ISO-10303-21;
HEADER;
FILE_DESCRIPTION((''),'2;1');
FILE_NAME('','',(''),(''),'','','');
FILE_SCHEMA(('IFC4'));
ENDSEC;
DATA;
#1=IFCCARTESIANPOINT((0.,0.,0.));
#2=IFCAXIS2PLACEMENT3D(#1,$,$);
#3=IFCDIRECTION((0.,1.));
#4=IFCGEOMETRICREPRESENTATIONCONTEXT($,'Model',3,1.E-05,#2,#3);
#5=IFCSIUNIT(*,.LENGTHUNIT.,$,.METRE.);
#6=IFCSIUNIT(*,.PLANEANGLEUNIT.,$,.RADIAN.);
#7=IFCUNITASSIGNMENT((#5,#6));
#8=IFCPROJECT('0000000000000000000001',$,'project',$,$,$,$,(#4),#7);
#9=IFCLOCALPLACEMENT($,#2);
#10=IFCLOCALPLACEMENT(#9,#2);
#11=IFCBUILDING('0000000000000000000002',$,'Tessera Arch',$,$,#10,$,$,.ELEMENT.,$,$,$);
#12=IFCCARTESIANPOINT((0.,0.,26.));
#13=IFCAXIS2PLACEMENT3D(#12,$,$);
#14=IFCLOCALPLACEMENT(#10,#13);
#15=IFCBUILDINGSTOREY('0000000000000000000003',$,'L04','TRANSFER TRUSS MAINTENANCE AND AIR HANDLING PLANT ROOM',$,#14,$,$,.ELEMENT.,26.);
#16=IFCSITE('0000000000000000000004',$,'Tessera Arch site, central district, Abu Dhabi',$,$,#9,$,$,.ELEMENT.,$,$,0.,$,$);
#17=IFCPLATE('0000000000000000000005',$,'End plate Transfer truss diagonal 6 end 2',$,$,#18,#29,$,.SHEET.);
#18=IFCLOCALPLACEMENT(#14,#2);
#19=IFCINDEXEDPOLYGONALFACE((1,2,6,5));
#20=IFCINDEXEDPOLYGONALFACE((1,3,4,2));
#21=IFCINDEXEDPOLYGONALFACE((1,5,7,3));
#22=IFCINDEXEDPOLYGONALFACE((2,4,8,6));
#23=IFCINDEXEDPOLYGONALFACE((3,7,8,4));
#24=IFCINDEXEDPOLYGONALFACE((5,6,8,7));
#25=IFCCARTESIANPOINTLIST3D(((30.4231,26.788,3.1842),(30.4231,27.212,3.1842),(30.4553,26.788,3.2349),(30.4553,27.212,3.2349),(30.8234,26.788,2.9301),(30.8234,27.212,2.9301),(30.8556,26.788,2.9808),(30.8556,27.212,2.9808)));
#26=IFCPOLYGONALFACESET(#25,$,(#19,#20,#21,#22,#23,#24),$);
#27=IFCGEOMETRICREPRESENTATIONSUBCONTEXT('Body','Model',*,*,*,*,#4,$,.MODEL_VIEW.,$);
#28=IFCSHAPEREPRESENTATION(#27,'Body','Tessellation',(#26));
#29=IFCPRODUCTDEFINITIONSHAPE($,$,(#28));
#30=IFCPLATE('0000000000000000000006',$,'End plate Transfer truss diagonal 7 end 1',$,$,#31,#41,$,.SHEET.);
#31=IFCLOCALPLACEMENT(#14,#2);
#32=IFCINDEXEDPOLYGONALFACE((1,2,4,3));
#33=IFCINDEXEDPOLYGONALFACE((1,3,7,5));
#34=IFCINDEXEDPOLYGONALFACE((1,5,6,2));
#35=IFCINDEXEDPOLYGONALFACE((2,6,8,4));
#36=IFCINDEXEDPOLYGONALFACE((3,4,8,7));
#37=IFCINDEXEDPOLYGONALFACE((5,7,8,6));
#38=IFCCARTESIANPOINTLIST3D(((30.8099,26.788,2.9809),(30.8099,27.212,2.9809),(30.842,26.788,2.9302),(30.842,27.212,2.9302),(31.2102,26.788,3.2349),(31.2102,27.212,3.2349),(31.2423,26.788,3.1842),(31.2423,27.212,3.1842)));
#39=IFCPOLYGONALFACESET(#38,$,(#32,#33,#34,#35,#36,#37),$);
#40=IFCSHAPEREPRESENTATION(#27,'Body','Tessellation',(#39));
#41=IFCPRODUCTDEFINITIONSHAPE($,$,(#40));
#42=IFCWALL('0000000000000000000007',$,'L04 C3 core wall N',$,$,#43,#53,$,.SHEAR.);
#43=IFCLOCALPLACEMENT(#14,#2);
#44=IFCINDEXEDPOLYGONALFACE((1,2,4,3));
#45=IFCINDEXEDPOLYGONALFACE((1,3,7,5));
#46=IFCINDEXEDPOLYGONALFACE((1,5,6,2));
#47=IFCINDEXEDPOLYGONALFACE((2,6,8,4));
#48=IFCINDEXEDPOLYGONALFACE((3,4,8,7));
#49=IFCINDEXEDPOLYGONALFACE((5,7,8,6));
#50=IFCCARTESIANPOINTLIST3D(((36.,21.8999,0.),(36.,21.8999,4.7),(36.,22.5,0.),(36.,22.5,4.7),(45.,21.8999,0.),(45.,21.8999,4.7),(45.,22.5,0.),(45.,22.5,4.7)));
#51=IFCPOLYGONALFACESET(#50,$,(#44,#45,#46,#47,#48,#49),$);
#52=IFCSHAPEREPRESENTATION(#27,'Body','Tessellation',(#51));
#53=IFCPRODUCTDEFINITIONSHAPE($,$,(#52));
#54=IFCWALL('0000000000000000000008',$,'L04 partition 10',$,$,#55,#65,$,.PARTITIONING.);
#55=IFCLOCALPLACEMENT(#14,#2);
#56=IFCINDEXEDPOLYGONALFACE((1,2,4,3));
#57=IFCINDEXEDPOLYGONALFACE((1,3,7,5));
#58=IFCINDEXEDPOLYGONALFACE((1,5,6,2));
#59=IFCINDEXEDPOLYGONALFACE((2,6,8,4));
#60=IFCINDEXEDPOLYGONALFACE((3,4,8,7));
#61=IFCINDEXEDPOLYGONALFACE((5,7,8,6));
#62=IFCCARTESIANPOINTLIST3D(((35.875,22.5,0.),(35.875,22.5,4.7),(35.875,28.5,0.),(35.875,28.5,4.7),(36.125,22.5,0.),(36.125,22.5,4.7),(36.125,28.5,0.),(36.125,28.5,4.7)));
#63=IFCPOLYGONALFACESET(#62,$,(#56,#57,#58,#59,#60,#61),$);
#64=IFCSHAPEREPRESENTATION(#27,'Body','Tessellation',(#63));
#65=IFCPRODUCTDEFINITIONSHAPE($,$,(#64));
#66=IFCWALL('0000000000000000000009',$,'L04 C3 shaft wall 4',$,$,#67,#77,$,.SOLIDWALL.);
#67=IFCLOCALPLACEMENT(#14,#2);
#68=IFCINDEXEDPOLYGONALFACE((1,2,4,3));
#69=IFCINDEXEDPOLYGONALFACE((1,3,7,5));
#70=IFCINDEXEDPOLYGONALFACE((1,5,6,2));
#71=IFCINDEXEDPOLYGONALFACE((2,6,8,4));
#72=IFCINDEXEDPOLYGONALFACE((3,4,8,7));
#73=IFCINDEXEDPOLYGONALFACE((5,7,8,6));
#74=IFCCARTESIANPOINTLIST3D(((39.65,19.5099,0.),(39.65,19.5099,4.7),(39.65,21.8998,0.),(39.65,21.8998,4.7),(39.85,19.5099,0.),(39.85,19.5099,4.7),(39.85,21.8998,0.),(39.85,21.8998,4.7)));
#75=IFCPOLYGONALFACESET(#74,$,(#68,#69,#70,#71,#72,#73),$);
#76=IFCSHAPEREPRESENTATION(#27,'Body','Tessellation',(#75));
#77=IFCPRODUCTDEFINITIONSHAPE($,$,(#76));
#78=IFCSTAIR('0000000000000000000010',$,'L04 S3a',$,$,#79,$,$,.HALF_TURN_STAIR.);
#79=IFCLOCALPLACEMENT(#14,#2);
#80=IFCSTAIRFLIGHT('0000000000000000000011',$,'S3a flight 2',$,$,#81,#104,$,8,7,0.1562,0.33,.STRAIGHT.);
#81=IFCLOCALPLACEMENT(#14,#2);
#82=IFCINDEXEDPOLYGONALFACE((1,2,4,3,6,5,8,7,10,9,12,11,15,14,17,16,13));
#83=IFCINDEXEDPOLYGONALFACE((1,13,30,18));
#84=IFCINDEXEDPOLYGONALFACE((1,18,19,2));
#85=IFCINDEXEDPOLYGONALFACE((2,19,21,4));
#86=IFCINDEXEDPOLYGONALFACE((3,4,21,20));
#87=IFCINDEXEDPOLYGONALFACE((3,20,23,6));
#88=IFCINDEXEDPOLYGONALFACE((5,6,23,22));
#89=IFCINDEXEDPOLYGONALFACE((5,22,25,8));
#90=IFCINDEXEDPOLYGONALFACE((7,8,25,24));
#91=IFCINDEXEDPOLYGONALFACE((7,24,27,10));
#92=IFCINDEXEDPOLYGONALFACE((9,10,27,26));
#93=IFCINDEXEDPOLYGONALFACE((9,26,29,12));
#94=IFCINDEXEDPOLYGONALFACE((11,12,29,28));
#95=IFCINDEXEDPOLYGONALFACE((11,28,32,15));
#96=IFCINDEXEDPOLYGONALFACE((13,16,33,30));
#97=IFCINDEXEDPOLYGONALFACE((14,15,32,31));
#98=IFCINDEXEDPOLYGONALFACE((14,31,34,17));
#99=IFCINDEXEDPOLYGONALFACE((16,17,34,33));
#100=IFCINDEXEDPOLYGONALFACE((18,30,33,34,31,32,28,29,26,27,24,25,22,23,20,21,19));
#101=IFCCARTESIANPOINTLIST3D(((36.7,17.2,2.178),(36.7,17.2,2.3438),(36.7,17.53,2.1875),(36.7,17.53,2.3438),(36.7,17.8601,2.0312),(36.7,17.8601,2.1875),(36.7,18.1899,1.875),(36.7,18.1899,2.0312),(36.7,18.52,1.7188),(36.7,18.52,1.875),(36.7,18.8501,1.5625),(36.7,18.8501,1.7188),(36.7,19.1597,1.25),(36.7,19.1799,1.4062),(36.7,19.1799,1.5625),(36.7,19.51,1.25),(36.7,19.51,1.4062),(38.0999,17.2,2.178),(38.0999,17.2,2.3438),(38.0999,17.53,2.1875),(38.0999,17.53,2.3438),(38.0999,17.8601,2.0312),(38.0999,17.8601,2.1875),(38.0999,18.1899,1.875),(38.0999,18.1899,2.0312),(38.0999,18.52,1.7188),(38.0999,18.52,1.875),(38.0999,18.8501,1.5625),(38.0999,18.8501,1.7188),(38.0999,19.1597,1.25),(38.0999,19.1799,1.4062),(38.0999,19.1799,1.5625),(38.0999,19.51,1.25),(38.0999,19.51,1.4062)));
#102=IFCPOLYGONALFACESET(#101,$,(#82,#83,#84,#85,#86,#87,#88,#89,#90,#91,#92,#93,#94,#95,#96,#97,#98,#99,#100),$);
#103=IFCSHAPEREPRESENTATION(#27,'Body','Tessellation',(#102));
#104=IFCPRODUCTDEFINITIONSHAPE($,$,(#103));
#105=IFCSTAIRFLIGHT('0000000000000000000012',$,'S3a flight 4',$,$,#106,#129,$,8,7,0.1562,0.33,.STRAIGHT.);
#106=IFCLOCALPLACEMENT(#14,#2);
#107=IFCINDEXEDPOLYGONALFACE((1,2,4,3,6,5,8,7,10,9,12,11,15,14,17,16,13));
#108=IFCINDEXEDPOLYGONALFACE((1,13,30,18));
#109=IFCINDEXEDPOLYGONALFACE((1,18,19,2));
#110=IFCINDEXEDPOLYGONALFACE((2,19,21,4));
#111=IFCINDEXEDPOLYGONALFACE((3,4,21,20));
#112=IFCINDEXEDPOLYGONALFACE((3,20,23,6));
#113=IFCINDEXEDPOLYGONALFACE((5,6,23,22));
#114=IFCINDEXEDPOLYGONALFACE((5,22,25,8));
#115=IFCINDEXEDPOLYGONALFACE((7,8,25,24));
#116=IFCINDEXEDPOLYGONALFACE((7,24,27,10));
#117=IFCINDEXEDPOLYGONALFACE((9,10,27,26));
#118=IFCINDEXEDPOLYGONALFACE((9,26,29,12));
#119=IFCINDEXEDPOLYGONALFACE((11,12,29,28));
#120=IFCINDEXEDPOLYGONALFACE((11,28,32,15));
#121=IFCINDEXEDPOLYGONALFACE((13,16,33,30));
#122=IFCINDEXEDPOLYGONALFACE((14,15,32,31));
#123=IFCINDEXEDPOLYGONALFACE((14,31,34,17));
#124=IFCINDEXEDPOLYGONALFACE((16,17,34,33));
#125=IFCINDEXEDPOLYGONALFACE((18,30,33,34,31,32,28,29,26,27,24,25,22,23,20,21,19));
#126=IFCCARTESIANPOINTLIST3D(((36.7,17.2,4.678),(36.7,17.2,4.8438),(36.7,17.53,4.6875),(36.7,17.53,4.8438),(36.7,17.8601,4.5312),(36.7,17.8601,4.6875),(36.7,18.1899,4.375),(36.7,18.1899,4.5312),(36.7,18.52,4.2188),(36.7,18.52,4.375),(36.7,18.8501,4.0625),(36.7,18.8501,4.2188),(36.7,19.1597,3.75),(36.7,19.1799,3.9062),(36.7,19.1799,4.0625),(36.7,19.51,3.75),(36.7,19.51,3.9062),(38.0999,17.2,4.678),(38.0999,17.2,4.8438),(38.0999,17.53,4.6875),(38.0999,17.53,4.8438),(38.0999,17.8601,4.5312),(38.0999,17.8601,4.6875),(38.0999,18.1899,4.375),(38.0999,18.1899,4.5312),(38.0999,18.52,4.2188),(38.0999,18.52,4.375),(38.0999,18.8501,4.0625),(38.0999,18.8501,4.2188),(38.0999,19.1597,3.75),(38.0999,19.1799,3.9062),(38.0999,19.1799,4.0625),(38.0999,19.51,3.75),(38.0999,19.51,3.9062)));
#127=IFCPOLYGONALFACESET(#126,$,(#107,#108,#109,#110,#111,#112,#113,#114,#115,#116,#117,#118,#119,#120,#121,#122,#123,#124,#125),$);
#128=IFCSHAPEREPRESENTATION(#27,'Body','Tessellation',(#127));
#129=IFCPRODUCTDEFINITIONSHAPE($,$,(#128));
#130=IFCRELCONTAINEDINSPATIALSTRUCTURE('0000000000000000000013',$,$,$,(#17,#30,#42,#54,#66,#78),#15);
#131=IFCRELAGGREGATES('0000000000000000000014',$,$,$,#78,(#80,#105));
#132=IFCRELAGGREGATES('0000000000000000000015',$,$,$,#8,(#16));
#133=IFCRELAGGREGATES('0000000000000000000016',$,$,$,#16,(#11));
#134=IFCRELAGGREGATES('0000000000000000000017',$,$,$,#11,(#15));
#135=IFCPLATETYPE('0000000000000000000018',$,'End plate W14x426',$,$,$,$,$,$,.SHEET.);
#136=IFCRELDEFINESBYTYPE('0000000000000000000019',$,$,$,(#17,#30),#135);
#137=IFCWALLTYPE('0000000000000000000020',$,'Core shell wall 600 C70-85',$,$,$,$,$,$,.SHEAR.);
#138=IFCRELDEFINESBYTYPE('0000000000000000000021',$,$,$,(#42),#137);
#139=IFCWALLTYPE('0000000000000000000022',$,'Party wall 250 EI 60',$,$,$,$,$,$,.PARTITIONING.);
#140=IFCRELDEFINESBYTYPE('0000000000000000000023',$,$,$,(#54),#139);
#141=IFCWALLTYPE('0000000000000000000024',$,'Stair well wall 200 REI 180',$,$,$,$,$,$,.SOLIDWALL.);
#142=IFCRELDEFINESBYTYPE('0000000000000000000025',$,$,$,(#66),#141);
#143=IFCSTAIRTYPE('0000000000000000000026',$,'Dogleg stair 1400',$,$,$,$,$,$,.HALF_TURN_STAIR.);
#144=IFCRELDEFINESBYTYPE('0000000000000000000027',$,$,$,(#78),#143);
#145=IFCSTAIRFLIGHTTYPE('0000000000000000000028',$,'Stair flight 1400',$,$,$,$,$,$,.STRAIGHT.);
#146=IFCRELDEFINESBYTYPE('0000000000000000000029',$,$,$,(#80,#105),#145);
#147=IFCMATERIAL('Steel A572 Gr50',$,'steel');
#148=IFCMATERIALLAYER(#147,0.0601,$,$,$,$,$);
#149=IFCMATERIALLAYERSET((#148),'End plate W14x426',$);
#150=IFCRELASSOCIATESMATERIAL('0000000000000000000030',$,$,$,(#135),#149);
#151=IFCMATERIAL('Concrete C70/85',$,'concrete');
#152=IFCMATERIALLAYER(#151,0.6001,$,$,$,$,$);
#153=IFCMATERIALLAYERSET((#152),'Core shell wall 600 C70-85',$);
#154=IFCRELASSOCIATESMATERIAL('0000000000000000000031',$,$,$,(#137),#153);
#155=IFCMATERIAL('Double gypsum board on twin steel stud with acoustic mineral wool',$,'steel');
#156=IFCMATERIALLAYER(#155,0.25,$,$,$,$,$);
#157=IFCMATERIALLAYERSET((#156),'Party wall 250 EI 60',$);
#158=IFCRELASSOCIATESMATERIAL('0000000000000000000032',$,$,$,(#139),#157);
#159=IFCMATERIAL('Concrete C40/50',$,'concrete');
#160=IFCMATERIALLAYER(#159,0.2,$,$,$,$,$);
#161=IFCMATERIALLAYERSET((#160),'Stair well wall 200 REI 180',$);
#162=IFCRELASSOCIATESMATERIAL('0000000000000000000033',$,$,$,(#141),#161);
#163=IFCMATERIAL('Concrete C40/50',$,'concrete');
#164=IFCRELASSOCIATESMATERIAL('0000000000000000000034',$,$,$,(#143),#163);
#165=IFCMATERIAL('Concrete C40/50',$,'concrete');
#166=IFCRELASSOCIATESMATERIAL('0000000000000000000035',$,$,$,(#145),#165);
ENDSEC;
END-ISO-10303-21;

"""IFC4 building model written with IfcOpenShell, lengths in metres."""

from ifc_helpers import new_model, si_unit, direction, frame, frame_2d, origin, origin_2d, place, context, subcontext, project, spatial, polyline, rectangle, outline, extrude, material, layer, layer_set, type_object, element, aggregate, save


model = new_model("IFC4")

# Units and contexts
model_context = context("Model", 3, precision=1e-05, world=origin(), true_north=direction((0.0, 1.0)))
body_context = subcontext(model_context, "Body", "Model", "MODEL_VIEW")
ifc_project = project(units=[si_unit("LENGTHUNIT", "METRE"), si_unit("PLANEANGLEUNIT", "RADIAN")], contexts=[model_context])

# Site, building, storey
site_placement = place(None, origin())
site = spatial("IfcSite", under=ifc_project, at=site_placement, Name="Tessera Arch site, central district, Abu Dhabi", CompositionType="ELEMENT", RefElevation=0.0)
building_placement = place(site_placement, origin())
building = spatial("IfcBuilding", under=site, at=building_placement, Name="Tessera Arch", CompositionType="ELEMENT")
storey_placement = place(building_placement, frame((0.0, 0.0, 26.0)))
storey = spatial("IfcBuildingStorey", under=building, at=storey_placement, Name="L04", Description="TRANSFER TRUSS MAINTENANCE AND AIR HANDLING PLANT ROOM", CompositionType="ELEMENT", Elevation=26.0)

# Plates
ifc_material_1 = material(Name="Steel A572 Gr50", Category="steel")
ifc_layer_1 = layer(ifc_material_1, 0.0601)
ifc_layer_set_1 = layer_set([ifc_layer_1], Name="End plate W14x426")
plate_type = type_object("IfcPlateType", Name="End plate W14x426", PredefinedType="SHEET", material=ifc_layer_set_1)
for number, where, z_axis, x_axis, name in (
    (1, (30.6233, 27.0, 3.0571), (0.535824, 0.0, 0.844329), (0.0, 1.0, 0.0), "End plate Transfer truss diagonal 6 end 2"),
    (2, (31.01, 27.0, 3.1079), (0.535824, 0.0, -0.844329), (0.0, 1.0, 0.0), "End plate Transfer truss diagonal 7 end 1"),
):
    element("IfcPlate", number, at=place(storey_placement, frame(where, z_axis=z_axis, x_axis=x_axis)), inside=storey, type_object=plate_type, Name=name, PredefinedType="SHEET", context=body_context, shape_type="SweptSolid", body=[
        extrude(rectangle(XDim=0.4241, YDim=0.4741, at=origin_2d()), origin(), (0.0, 0.0, 1.0), 0.0601),
    ])

# Walls
ifc_material_2 = material(Name="Concrete C70/85", Category="concrete")
ifc_layer_2 = layer(ifc_material_2, 0.6001)
ifc_layer_set_2 = layer_set([ifc_layer_2], Name="Core shell wall 600 C70-85")
wall_type_1 = type_object("IfcWallType", Name="Core shell wall 600 C70-85", PredefinedType="SHEAR", material=ifc_layer_set_2)
wall_1_placement = place(storey_placement, frame((36.0, 22.2, 0.0), z_axis=(0.0, 0.0, 1.0), x_axis=(1.0, 0.0, 0.0)))
element("IfcWall", 3, at=wall_1_placement, inside=storey, type_object=wall_type_1, Name="L04 C3 core wall N", PredefinedType="SHEAR", context=body_context, shape_type="SweptSolid", body=[
    extrude(rectangle(XDim=9.0, YDim=0.6001, at=frame_2d((4.5, 0.0))), origin(), (0.0, 0.0, 1.0), 4.7),
])
ifc_material_3 = material(Name="Double gypsum board on twin steel stud with acoustic mineral wool", Category="steel")
ifc_layer_3 = layer(ifc_material_3, 0.25)
ifc_layer_set_3 = layer_set([ifc_layer_3], Name="Party wall 250 EI 60")
wall_type_2 = type_object("IfcWallType", Name="Party wall 250 EI 60", PredefinedType="PARTITIONING", material=ifc_layer_set_3)
wall_2_placement = place(storey_placement, frame((36.0, 22.5, 0.0), z_axis=(0.0, 0.0, 1.0), x_axis=(0.0, 1.0, 0.0)))
element("IfcWall", 4, at=wall_2_placement, inside=storey, type_object=wall_type_2, Name="L04 partition 10", PredefinedType="PARTITIONING", context=body_context, shape_type="SweptSolid", body=[
    extrude(rectangle(XDim=6.0, YDim=0.25, at=frame_2d((3.0, 0.0))), origin(), (0.0, 0.0, 1.0), 4.7),
])
ifc_material_4 = material(Name="Concrete C40/50", Category="concrete")
ifc_layer_4 = layer(ifc_material_4, 0.2)
ifc_layer_set_4 = layer_set([ifc_layer_4], Name="Stair well wall 200 REI 180")
wall_type_3 = type_object("IfcWallType", Name="Stair well wall 200 REI 180", PredefinedType="SOLIDWALL", material=ifc_layer_set_4)
wall_3_placement = place(storey_placement, frame((39.75, 19.51, 0.0), z_axis=(0.0, 0.0, 1.0), x_axis=(0.0, 1.0, 0.0)))
element("IfcWall", 5, at=wall_3_placement, inside=storey, type_object=wall_type_3, Name="L04 C3 shaft wall 4", PredefinedType="SOLIDWALL", context=body_context, shape_type="SweptSolid", body=[
    extrude(rectangle(XDim=2.3899, YDim=0.2, at=frame_2d((1.1948, 0.0))), origin(), (0.0, 0.0, 1.0), 4.7),
])

# Stair, stair flights
ifc_material_5 = material(Name="Concrete C40/50", Category="concrete")
stair_type = type_object("IfcStairType", Name="Dogleg stair 1400", PredefinedType="HALF_TURN_STAIR", material=ifc_material_5)
stair_placement = place(storey_placement, origin())
stair = element("IfcStair", 6, at=stair_placement, inside=storey, type_object=stair_type, Name="L04 S3a", PredefinedType="HALF_TURN_STAIR")
ifc_material_6 = material(Name="Concrete C40/50", Category="concrete")
stair_flight_type = type_object("IfcStairFlightType", Name="Stair flight 1400", PredefinedType="STRAIGHT", material=ifc_material_6)
stair_flight_1_placement = place(storey_placement, frame((37.3999, 19.51, 1.25), z_axis=(0.0, 0.0, 1.0), x_axis=(0.0, -1.0, 0.0)))
stair_flight_1 = element("IfcStairFlight", 7, at=stair_flight_1_placement, type_object=stair_flight_type, Name="S3a flight 2", NumberOfRisers=8, NumberOfTreads=7, PredefinedType="STRAIGHT", RiserHeight=0.1562, TreadLength=0.33, context=body_context, shape_type="SweptSolid", body=[
    extrude(outline(polyline([(0.0, 0.0), (0.0, 0.1562), (0.3301, 0.1562), (0.3301, 0.3125), (0.6599, 0.3125), (0.6599, 0.4688), (0.99, 0.4688), (0.99, 0.625), (1.3201, 0.625), (1.3201, 0.7812), (1.6499, 0.7812), (1.6499, 0.9375), (1.98, 0.9375), (1.98, 1.0938), (2.3101, 1.0938), (2.3101, 1.25), (2.3101, 0.928), (0.3503, 0.0), (0.0, 0.0)])), frame((0.0, 0.7, 0.0), z_axis=(0.0, -1.0, 0.0), x_axis=(1.0, 0.0, 0.0)), (0.0, 0.0, 1.0), 1.3999),
])
stair_flight_2_placement = place(storey_placement, frame((37.3999, 19.51, 3.75), z_axis=(0.0, 0.0, 1.0), x_axis=(0.0, -1.0, 0.0)))
stair_flight_2 = element("IfcStairFlight", 8, at=stair_flight_2_placement, type_object=stair_flight_type, Name="S3a flight 4", NumberOfRisers=8, NumberOfTreads=7, PredefinedType="STRAIGHT", RiserHeight=0.1562, TreadLength=0.33, context=body_context, shape_type="SweptSolid", body=[
    extrude(outline(polyline([(0.0, 0.0), (0.0, 0.1562), (0.3301, 0.1562), (0.3301, 0.3125), (0.6599, 0.3125), (0.6599, 0.4688), (0.99, 0.4688), (0.99, 0.625), (1.3201, 0.625), (1.3201, 0.7812), (1.6499, 0.7812), (1.6499, 0.9375), (1.98, 0.9375), (1.98, 1.0938), (2.3101, 1.0938), (2.3101, 1.25), (2.3101, 0.928), (0.3503, 0.0), (0.0, 0.0)])), frame((0.0, 0.7, 0.0), z_axis=(0.0, -1.0, 0.0), x_axis=(1.0, 0.0, 0.0)), (0.0, 0.0, 1.0), 1.3999),
])
aggregate(stair, [stair_flight_1, stair_flight_2])

save(model, "model.ifc")
